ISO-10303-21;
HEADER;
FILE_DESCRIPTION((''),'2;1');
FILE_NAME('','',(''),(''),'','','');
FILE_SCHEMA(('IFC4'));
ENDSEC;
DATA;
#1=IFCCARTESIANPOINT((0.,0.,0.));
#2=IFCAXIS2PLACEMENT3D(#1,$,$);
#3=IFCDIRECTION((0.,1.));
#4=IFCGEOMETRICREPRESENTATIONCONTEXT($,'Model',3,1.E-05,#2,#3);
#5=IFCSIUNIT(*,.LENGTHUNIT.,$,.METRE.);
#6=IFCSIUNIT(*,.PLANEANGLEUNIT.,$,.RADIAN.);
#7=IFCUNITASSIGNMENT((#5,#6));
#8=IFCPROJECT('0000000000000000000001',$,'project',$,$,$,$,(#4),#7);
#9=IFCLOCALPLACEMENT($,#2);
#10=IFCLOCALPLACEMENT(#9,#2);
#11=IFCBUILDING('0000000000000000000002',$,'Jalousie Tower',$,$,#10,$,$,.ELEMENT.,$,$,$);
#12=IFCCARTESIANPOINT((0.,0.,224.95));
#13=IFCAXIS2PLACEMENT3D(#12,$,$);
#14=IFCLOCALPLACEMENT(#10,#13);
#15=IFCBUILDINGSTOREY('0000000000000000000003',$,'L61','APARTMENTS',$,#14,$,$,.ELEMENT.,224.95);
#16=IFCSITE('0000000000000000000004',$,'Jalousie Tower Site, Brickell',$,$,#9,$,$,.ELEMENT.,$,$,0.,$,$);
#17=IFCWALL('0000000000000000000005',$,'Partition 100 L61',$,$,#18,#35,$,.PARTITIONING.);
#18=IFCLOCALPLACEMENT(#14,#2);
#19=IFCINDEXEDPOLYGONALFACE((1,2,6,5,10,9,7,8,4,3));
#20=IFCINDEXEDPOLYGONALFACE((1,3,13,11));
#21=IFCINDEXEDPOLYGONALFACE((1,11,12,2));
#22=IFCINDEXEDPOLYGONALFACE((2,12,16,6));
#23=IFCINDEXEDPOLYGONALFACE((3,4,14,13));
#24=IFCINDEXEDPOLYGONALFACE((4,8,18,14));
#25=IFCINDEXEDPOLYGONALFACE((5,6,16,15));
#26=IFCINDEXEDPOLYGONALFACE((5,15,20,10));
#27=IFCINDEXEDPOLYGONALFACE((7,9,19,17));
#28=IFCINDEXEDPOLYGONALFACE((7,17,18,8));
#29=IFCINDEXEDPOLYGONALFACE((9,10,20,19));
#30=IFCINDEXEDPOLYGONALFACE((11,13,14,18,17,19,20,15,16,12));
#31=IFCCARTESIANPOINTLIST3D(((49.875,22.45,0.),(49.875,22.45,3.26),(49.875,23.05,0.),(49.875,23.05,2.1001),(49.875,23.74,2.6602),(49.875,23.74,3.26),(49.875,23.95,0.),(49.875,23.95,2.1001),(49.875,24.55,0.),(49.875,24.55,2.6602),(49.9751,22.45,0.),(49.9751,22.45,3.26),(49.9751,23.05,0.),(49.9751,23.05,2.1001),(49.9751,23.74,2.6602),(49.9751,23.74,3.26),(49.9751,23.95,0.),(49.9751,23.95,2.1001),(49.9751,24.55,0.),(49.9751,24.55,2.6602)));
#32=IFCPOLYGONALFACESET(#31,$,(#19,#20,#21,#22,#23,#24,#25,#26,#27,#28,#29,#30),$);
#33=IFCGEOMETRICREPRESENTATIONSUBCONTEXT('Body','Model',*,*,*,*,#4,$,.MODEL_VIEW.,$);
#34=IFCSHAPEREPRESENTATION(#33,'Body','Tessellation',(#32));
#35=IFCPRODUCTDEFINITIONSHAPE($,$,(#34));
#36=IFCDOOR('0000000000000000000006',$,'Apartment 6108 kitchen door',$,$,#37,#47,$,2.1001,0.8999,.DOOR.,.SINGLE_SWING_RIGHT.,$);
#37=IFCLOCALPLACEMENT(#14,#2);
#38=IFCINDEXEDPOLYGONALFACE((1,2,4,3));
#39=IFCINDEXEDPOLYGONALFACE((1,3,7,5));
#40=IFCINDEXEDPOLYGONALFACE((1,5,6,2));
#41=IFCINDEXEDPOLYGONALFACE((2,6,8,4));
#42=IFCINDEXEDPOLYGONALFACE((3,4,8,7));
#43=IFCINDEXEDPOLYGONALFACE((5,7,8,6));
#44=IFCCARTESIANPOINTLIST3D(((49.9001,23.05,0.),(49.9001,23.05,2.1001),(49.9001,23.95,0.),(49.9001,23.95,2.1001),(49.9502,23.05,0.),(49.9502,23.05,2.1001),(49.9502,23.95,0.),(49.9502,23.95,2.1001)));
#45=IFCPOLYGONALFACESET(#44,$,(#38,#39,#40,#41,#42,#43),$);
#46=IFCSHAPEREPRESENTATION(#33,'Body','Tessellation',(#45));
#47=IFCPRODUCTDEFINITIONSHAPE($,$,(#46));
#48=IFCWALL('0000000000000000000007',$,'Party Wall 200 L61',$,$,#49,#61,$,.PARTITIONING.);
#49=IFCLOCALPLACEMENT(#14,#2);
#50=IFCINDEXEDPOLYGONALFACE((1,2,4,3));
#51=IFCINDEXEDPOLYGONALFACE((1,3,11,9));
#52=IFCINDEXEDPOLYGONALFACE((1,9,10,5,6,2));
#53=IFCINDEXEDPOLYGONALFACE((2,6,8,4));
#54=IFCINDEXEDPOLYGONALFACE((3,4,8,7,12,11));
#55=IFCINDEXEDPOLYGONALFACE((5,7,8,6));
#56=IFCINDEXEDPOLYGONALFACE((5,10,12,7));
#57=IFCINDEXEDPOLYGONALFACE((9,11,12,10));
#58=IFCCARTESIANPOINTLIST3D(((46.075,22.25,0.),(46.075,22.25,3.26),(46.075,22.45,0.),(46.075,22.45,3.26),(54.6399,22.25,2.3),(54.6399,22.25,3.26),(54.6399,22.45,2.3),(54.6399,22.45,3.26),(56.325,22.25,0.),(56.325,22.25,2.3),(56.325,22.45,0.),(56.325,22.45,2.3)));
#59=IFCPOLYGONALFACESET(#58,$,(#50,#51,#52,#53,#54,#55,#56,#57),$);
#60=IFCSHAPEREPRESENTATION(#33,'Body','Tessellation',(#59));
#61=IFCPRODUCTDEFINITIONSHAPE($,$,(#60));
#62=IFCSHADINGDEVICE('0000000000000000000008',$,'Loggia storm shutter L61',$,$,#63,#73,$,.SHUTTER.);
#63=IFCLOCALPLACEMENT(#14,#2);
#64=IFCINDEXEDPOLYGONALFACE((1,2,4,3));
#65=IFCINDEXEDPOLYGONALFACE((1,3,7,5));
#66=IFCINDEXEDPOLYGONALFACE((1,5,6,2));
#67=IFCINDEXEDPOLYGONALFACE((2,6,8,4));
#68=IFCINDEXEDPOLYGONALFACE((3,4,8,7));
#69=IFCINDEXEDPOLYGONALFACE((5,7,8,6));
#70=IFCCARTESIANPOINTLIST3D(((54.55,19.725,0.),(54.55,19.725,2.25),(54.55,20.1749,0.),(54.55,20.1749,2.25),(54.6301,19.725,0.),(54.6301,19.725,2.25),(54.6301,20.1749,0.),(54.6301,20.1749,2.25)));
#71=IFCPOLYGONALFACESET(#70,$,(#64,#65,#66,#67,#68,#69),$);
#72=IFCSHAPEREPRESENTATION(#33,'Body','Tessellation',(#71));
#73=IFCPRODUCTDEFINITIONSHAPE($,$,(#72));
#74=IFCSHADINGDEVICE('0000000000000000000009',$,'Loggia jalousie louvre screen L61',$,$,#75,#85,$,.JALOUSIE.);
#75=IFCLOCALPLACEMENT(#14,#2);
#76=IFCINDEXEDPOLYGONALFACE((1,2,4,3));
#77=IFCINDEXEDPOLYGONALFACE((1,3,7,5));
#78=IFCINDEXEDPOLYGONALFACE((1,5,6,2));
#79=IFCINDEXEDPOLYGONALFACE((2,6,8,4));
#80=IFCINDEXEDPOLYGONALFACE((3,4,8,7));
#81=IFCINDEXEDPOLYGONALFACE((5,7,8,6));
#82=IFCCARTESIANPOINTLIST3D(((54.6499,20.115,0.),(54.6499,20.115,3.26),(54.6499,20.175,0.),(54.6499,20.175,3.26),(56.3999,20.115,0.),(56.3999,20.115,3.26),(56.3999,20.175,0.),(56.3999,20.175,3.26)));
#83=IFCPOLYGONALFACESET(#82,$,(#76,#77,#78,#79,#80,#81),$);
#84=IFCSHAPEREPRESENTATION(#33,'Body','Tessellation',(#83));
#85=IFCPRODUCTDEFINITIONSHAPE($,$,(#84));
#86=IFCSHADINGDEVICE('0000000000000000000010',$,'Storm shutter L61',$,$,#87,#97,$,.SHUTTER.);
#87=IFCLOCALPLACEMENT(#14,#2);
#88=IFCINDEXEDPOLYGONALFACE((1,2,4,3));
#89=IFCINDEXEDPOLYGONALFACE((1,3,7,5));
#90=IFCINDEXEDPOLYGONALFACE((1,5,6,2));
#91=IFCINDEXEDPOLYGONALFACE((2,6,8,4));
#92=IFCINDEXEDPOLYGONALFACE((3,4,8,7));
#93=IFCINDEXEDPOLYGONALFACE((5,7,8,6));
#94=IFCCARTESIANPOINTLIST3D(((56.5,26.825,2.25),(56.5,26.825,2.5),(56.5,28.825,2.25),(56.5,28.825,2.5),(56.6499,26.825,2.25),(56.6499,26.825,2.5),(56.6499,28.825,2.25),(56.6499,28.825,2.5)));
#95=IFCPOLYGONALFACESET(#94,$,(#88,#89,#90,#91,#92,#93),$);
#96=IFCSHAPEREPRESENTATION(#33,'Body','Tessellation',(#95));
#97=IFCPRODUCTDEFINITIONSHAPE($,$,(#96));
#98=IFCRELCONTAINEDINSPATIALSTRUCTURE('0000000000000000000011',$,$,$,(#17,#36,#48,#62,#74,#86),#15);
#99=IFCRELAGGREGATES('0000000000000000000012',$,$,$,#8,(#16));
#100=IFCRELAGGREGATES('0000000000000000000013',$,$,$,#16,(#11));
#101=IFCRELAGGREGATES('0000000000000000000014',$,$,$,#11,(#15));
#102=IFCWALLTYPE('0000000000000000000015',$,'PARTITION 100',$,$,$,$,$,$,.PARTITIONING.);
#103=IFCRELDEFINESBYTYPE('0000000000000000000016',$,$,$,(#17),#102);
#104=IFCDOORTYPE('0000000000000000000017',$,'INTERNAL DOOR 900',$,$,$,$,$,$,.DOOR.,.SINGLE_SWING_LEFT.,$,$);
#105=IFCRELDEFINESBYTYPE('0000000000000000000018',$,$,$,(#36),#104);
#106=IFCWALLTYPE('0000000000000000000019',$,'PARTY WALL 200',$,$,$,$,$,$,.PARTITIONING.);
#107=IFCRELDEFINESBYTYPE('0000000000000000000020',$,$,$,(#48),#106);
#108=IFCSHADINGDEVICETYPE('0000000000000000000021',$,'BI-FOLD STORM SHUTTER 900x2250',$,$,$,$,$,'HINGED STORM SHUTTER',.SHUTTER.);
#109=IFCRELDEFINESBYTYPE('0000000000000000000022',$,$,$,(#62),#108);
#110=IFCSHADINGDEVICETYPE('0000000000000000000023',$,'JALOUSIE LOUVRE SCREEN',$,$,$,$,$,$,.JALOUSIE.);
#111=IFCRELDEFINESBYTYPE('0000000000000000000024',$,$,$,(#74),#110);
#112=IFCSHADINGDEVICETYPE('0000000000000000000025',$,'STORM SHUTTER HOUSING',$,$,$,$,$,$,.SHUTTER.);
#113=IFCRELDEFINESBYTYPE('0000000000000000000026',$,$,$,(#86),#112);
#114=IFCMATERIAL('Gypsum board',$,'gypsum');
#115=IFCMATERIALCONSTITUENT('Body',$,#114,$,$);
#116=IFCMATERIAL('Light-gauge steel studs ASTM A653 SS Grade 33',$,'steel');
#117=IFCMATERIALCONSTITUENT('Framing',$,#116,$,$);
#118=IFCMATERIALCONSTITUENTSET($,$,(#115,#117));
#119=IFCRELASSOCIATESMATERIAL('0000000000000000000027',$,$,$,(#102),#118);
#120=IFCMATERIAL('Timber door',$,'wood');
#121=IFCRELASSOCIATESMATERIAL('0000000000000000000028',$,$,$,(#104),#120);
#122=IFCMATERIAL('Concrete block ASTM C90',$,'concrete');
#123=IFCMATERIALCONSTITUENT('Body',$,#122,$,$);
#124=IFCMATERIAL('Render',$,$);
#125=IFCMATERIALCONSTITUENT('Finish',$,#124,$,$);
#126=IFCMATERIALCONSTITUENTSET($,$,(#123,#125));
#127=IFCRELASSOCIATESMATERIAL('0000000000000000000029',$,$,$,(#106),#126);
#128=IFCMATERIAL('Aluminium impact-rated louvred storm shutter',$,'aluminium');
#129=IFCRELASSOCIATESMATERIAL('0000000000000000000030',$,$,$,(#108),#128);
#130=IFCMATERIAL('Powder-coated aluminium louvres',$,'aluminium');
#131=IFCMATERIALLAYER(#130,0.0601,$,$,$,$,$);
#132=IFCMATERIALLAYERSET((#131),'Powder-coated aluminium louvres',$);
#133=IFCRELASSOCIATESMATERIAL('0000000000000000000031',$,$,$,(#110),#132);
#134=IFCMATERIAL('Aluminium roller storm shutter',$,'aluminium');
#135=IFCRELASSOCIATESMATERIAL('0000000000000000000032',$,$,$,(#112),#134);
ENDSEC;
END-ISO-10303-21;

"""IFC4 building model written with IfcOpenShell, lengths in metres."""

from ifc_helpers import new_model, si_unit, direction, frame, frame_2d, origin, origin_2d, place, context, subcontext, project, spatial, polyline, rectangle, outline, extrude, material, layer, layer_set, constituent, constituent_set, type_object, element, fill, save


model = new_model("IFC4")

# Units and contexts
model_context = context("Model", 3, precision=1e-05, world=origin(), true_north=direction((0.0, 1.0)))
body_context = subcontext(model_context, "Body", "Model", "MODEL_VIEW")
ifc_project = project(units=[si_unit("LENGTHUNIT", "METRE"), si_unit("PLANEANGLEUNIT", "RADIAN")], contexts=[model_context])

# Site, building, storey
site_placement = place(None, origin())
site = spatial("IfcSite", under=ifc_project, at=site_placement, Name="Jalousie Tower Site, Brickell", CompositionType="ELEMENT", RefElevation=0.0)
building_placement = place(site_placement, origin())
building = spatial("IfcBuilding", under=site, at=building_placement, Name="Jalousie Tower", CompositionType="ELEMENT")
storey_placement = place(building_placement, frame((0.0, 0.0, 224.95)))
storey = spatial("IfcBuildingStorey", under=building, at=storey_placement, Name="L61", Description="APARTMENTS", CompositionType="ELEMENT", Elevation=224.95)

# Wall, opening, door
ifc_material_1 = material(Name="Gypsum board", Category="gypsum")
ifc_constituent_1 = constituent(ifc_material_1, Name="Body")
ifc_material_2 = material(Name="Light-gauge steel studs ASTM A653 SS Grade 33", Category="steel")
ifc_constituent_2 = constituent(ifc_material_2, Name="Framing")
ifc_constituent_set_1 = constituent_set(constituents=[ifc_constituent_1, ifc_constituent_2])
wall_type_1 = type_object("IfcWallType", Name="PARTITION 100", PredefinedType="PARTITIONING", material=ifc_constituent_set_1)
wall_1_placement = place(storey_placement, frame((49.925, 22.45, 0.0), z_axis=(0.0, 0.0, 1.0), x_axis=(0.0, 1.0, 0.0)))
wall_1 = element("IfcWall", 1, at=wall_1_placement, inside=storey, type_object=wall_type_1, Name="Partition 100 L61", PredefinedType="PARTITIONING", context=body_context, shape_type="SweptSolid", body=[
    extrude(outline(polyline([(0.0, 0.0), (2.1001, 0.0), (2.1001, 3.26), (2.1001, 2.6602), (1.29, 2.6602), (1.29, 3.26), (0.0, 3.26), (0.0, 0.0)])), frame((0.0, 0.05, 0.0), z_axis=(0.0, -1.0, 0.0), x_axis=(1.0, 0.0, 0.0)), (0.0, 0.0, 1.0), 0.1001),
])
opening_1_placement = place(wall_1_placement, frame((0.6001, 0.0, 0.0)))
opening_1 = element("IfcOpeningElement", 2, at=opening_1_placement, cuts=wall_1, PredefinedType="OPENING", context=body_context, shape_type="SweptSolid", body=[
    extrude(rectangle(XDim=0.8999, YDim=2.1001, at=frame_2d((0.45, 1.05))), frame((0.0, 0.0601, 0.0), z_axis=(0.0, -1.0, 0.0), x_axis=(1.0, 0.0, 0.0)), (0.0, 0.0, 1.0), 0.1201),
])
ifc_material_3 = material(Name="Timber door", Category="wood")
door_type = type_object("IfcDoorType", Name="INTERNAL DOOR 900", OperationType="SINGLE_SWING_LEFT", PredefinedType="DOOR", material=ifc_material_3)
door_placement = place(opening_1_placement, origin())
door = element("IfcDoor", 3, at=door_placement, inside=storey, type_object=door_type, Name="Apartment 6108 kitchen door", OperationType="SINGLE_SWING_RIGHT", OverallHeight=2.1001, OverallWidth=0.8999, PredefinedType="DOOR", context=body_context, shape_type="SweptSolid", body=[
    extrude(rectangle(XDim=0.8999, YDim=2.1001, at=frame_2d((0.45, 1.05))), frame((0.0, 0.0249, 0.0), z_axis=(0.0, -1.0, 0.0), x_axis=(1.0, 0.0, 0.0)), (0.0, 0.0, 1.0), 0.05),
])
fill(opening_1, door)

# Wall
ifc_material_4 = material(Name="Concrete block ASTM C90", Category="concrete")
ifc_constituent_3 = constituent(ifc_material_4, Name="Body")
ifc_material_5 = material(Name="Render")
ifc_constituent_4 = constituent(ifc_material_5, Name="Finish")
ifc_constituent_set_2 = constituent_set(constituents=[ifc_constituent_3, ifc_constituent_4])
wall_type_2 = type_object("IfcWallType", Name="PARTY WALL 200", PredefinedType="PARTITIONING", material=ifc_constituent_set_2)
wall_2_placement = place(storey_placement, frame((56.325, 22.3501, 0.0), z_axis=(0.0, 0.0, 1.0), x_axis=(-1.0, 0.0, 0.0)))
element("IfcWall", 4, at=wall_2_placement, inside=storey, type_object=wall_type_2, Name="Party Wall 200 L61", PredefinedType="PARTITIONING", context=body_context, shape_type="SweptSolid", body=[
    extrude(outline(polyline([(0.0, 0.0), (10.25, 0.0), (10.25, 3.26), (1.6851, 3.26), (1.6851, 2.3), (0.0, 2.3), (0.0, 3.26), (0.0, 0.0)])), frame((0.0, 0.1001, 0.0), z_axis=(0.0, -1.0, 0.0), x_axis=(1.0, 0.0, 0.0)), (0.0, 0.0, 1.0), 0.2),
])

# Shading devices
ifc_material_6 = material(Name="Aluminium impact-rated louvred storm shutter", Category="aluminium")
shading_device_type_1 = type_object("IfcShadingDeviceType", Name="BI-FOLD STORM SHUTTER 900x2250", ElementType="HINGED STORM SHUTTER", PredefinedType="SHUTTER", material=ifc_material_6)
shading_device_1_placement = place(storey_placement, frame((54.5901, 19.95, 0.0), z_axis=(0.0, 0.0, 1.0), x_axis=(0.0, 1.0, 0.0)))
element("IfcShadingDevice", 5, at=shading_device_1_placement, inside=storey, type_object=shading_device_type_1, Name="Loggia storm shutter L61", PredefinedType="SHUTTER", context=body_context, shape_type="SweptSolid", body=[
    extrude(rectangle(XDim=0.45, YDim=0.0801, at=origin_2d()), origin(), (0.0, 0.0, 1.0), 2.25),
])
ifc_material_7 = material(Name="Powder-coated aluminium louvres", Category="aluminium")
ifc_layer_1 = layer(ifc_material_7, 0.0601)
ifc_layer_set_1 = layer_set([ifc_layer_1], Name="Powder-coated aluminium louvres")
shading_device_type_2 = type_object("IfcShadingDeviceType", Name="JALOUSIE LOUVRE SCREEN", PredefinedType="JALOUSIE", material=ifc_layer_set_1)
shading_device_2_placement = place(storey_placement, frame((55.5249, 20.145, 0.0), z_axis=(0.0, 0.0, 1.0), x_axis=(0.0, 1.0, 0.0)))
element("IfcShadingDevice", 6, at=shading_device_2_placement, inside=storey, type_object=shading_device_type_2, Name="Loggia jalousie louvre screen L61", PredefinedType="JALOUSIE", context=body_context, shape_type="SweptSolid", body=[
    extrude(rectangle(XDim=0.0601, YDim=1.75, at=origin_2d()), origin(), (0.0, 0.0, 1.0), 3.26),
])
ifc_material_8 = material(Name="Aluminium roller storm shutter", Category="aluminium")
shading_device_type_3 = type_object("IfcShadingDeviceType", Name="STORM SHUTTER HOUSING", PredefinedType="SHUTTER", material=ifc_material_8)
shading_device_3_placement = place(storey_placement, frame((56.575, 27.825, 2.25), z_axis=(0.0, 0.0, 1.0), x_axis=(0.0, 1.0, 0.0)))
element("IfcShadingDevice", 7, at=shading_device_3_placement, inside=storey, type_object=shading_device_type_3, Name="Storm shutter L61", PredefinedType="SHUTTER", context=body_context, shape_type="SweptSolid", body=[
    extrude(rectangle(XDim=2.0, YDim=0.1499, at=origin_2d()), origin(), (0.0, 0.0, 1.0), 0.25),
])

save(model, "model.ifc")
